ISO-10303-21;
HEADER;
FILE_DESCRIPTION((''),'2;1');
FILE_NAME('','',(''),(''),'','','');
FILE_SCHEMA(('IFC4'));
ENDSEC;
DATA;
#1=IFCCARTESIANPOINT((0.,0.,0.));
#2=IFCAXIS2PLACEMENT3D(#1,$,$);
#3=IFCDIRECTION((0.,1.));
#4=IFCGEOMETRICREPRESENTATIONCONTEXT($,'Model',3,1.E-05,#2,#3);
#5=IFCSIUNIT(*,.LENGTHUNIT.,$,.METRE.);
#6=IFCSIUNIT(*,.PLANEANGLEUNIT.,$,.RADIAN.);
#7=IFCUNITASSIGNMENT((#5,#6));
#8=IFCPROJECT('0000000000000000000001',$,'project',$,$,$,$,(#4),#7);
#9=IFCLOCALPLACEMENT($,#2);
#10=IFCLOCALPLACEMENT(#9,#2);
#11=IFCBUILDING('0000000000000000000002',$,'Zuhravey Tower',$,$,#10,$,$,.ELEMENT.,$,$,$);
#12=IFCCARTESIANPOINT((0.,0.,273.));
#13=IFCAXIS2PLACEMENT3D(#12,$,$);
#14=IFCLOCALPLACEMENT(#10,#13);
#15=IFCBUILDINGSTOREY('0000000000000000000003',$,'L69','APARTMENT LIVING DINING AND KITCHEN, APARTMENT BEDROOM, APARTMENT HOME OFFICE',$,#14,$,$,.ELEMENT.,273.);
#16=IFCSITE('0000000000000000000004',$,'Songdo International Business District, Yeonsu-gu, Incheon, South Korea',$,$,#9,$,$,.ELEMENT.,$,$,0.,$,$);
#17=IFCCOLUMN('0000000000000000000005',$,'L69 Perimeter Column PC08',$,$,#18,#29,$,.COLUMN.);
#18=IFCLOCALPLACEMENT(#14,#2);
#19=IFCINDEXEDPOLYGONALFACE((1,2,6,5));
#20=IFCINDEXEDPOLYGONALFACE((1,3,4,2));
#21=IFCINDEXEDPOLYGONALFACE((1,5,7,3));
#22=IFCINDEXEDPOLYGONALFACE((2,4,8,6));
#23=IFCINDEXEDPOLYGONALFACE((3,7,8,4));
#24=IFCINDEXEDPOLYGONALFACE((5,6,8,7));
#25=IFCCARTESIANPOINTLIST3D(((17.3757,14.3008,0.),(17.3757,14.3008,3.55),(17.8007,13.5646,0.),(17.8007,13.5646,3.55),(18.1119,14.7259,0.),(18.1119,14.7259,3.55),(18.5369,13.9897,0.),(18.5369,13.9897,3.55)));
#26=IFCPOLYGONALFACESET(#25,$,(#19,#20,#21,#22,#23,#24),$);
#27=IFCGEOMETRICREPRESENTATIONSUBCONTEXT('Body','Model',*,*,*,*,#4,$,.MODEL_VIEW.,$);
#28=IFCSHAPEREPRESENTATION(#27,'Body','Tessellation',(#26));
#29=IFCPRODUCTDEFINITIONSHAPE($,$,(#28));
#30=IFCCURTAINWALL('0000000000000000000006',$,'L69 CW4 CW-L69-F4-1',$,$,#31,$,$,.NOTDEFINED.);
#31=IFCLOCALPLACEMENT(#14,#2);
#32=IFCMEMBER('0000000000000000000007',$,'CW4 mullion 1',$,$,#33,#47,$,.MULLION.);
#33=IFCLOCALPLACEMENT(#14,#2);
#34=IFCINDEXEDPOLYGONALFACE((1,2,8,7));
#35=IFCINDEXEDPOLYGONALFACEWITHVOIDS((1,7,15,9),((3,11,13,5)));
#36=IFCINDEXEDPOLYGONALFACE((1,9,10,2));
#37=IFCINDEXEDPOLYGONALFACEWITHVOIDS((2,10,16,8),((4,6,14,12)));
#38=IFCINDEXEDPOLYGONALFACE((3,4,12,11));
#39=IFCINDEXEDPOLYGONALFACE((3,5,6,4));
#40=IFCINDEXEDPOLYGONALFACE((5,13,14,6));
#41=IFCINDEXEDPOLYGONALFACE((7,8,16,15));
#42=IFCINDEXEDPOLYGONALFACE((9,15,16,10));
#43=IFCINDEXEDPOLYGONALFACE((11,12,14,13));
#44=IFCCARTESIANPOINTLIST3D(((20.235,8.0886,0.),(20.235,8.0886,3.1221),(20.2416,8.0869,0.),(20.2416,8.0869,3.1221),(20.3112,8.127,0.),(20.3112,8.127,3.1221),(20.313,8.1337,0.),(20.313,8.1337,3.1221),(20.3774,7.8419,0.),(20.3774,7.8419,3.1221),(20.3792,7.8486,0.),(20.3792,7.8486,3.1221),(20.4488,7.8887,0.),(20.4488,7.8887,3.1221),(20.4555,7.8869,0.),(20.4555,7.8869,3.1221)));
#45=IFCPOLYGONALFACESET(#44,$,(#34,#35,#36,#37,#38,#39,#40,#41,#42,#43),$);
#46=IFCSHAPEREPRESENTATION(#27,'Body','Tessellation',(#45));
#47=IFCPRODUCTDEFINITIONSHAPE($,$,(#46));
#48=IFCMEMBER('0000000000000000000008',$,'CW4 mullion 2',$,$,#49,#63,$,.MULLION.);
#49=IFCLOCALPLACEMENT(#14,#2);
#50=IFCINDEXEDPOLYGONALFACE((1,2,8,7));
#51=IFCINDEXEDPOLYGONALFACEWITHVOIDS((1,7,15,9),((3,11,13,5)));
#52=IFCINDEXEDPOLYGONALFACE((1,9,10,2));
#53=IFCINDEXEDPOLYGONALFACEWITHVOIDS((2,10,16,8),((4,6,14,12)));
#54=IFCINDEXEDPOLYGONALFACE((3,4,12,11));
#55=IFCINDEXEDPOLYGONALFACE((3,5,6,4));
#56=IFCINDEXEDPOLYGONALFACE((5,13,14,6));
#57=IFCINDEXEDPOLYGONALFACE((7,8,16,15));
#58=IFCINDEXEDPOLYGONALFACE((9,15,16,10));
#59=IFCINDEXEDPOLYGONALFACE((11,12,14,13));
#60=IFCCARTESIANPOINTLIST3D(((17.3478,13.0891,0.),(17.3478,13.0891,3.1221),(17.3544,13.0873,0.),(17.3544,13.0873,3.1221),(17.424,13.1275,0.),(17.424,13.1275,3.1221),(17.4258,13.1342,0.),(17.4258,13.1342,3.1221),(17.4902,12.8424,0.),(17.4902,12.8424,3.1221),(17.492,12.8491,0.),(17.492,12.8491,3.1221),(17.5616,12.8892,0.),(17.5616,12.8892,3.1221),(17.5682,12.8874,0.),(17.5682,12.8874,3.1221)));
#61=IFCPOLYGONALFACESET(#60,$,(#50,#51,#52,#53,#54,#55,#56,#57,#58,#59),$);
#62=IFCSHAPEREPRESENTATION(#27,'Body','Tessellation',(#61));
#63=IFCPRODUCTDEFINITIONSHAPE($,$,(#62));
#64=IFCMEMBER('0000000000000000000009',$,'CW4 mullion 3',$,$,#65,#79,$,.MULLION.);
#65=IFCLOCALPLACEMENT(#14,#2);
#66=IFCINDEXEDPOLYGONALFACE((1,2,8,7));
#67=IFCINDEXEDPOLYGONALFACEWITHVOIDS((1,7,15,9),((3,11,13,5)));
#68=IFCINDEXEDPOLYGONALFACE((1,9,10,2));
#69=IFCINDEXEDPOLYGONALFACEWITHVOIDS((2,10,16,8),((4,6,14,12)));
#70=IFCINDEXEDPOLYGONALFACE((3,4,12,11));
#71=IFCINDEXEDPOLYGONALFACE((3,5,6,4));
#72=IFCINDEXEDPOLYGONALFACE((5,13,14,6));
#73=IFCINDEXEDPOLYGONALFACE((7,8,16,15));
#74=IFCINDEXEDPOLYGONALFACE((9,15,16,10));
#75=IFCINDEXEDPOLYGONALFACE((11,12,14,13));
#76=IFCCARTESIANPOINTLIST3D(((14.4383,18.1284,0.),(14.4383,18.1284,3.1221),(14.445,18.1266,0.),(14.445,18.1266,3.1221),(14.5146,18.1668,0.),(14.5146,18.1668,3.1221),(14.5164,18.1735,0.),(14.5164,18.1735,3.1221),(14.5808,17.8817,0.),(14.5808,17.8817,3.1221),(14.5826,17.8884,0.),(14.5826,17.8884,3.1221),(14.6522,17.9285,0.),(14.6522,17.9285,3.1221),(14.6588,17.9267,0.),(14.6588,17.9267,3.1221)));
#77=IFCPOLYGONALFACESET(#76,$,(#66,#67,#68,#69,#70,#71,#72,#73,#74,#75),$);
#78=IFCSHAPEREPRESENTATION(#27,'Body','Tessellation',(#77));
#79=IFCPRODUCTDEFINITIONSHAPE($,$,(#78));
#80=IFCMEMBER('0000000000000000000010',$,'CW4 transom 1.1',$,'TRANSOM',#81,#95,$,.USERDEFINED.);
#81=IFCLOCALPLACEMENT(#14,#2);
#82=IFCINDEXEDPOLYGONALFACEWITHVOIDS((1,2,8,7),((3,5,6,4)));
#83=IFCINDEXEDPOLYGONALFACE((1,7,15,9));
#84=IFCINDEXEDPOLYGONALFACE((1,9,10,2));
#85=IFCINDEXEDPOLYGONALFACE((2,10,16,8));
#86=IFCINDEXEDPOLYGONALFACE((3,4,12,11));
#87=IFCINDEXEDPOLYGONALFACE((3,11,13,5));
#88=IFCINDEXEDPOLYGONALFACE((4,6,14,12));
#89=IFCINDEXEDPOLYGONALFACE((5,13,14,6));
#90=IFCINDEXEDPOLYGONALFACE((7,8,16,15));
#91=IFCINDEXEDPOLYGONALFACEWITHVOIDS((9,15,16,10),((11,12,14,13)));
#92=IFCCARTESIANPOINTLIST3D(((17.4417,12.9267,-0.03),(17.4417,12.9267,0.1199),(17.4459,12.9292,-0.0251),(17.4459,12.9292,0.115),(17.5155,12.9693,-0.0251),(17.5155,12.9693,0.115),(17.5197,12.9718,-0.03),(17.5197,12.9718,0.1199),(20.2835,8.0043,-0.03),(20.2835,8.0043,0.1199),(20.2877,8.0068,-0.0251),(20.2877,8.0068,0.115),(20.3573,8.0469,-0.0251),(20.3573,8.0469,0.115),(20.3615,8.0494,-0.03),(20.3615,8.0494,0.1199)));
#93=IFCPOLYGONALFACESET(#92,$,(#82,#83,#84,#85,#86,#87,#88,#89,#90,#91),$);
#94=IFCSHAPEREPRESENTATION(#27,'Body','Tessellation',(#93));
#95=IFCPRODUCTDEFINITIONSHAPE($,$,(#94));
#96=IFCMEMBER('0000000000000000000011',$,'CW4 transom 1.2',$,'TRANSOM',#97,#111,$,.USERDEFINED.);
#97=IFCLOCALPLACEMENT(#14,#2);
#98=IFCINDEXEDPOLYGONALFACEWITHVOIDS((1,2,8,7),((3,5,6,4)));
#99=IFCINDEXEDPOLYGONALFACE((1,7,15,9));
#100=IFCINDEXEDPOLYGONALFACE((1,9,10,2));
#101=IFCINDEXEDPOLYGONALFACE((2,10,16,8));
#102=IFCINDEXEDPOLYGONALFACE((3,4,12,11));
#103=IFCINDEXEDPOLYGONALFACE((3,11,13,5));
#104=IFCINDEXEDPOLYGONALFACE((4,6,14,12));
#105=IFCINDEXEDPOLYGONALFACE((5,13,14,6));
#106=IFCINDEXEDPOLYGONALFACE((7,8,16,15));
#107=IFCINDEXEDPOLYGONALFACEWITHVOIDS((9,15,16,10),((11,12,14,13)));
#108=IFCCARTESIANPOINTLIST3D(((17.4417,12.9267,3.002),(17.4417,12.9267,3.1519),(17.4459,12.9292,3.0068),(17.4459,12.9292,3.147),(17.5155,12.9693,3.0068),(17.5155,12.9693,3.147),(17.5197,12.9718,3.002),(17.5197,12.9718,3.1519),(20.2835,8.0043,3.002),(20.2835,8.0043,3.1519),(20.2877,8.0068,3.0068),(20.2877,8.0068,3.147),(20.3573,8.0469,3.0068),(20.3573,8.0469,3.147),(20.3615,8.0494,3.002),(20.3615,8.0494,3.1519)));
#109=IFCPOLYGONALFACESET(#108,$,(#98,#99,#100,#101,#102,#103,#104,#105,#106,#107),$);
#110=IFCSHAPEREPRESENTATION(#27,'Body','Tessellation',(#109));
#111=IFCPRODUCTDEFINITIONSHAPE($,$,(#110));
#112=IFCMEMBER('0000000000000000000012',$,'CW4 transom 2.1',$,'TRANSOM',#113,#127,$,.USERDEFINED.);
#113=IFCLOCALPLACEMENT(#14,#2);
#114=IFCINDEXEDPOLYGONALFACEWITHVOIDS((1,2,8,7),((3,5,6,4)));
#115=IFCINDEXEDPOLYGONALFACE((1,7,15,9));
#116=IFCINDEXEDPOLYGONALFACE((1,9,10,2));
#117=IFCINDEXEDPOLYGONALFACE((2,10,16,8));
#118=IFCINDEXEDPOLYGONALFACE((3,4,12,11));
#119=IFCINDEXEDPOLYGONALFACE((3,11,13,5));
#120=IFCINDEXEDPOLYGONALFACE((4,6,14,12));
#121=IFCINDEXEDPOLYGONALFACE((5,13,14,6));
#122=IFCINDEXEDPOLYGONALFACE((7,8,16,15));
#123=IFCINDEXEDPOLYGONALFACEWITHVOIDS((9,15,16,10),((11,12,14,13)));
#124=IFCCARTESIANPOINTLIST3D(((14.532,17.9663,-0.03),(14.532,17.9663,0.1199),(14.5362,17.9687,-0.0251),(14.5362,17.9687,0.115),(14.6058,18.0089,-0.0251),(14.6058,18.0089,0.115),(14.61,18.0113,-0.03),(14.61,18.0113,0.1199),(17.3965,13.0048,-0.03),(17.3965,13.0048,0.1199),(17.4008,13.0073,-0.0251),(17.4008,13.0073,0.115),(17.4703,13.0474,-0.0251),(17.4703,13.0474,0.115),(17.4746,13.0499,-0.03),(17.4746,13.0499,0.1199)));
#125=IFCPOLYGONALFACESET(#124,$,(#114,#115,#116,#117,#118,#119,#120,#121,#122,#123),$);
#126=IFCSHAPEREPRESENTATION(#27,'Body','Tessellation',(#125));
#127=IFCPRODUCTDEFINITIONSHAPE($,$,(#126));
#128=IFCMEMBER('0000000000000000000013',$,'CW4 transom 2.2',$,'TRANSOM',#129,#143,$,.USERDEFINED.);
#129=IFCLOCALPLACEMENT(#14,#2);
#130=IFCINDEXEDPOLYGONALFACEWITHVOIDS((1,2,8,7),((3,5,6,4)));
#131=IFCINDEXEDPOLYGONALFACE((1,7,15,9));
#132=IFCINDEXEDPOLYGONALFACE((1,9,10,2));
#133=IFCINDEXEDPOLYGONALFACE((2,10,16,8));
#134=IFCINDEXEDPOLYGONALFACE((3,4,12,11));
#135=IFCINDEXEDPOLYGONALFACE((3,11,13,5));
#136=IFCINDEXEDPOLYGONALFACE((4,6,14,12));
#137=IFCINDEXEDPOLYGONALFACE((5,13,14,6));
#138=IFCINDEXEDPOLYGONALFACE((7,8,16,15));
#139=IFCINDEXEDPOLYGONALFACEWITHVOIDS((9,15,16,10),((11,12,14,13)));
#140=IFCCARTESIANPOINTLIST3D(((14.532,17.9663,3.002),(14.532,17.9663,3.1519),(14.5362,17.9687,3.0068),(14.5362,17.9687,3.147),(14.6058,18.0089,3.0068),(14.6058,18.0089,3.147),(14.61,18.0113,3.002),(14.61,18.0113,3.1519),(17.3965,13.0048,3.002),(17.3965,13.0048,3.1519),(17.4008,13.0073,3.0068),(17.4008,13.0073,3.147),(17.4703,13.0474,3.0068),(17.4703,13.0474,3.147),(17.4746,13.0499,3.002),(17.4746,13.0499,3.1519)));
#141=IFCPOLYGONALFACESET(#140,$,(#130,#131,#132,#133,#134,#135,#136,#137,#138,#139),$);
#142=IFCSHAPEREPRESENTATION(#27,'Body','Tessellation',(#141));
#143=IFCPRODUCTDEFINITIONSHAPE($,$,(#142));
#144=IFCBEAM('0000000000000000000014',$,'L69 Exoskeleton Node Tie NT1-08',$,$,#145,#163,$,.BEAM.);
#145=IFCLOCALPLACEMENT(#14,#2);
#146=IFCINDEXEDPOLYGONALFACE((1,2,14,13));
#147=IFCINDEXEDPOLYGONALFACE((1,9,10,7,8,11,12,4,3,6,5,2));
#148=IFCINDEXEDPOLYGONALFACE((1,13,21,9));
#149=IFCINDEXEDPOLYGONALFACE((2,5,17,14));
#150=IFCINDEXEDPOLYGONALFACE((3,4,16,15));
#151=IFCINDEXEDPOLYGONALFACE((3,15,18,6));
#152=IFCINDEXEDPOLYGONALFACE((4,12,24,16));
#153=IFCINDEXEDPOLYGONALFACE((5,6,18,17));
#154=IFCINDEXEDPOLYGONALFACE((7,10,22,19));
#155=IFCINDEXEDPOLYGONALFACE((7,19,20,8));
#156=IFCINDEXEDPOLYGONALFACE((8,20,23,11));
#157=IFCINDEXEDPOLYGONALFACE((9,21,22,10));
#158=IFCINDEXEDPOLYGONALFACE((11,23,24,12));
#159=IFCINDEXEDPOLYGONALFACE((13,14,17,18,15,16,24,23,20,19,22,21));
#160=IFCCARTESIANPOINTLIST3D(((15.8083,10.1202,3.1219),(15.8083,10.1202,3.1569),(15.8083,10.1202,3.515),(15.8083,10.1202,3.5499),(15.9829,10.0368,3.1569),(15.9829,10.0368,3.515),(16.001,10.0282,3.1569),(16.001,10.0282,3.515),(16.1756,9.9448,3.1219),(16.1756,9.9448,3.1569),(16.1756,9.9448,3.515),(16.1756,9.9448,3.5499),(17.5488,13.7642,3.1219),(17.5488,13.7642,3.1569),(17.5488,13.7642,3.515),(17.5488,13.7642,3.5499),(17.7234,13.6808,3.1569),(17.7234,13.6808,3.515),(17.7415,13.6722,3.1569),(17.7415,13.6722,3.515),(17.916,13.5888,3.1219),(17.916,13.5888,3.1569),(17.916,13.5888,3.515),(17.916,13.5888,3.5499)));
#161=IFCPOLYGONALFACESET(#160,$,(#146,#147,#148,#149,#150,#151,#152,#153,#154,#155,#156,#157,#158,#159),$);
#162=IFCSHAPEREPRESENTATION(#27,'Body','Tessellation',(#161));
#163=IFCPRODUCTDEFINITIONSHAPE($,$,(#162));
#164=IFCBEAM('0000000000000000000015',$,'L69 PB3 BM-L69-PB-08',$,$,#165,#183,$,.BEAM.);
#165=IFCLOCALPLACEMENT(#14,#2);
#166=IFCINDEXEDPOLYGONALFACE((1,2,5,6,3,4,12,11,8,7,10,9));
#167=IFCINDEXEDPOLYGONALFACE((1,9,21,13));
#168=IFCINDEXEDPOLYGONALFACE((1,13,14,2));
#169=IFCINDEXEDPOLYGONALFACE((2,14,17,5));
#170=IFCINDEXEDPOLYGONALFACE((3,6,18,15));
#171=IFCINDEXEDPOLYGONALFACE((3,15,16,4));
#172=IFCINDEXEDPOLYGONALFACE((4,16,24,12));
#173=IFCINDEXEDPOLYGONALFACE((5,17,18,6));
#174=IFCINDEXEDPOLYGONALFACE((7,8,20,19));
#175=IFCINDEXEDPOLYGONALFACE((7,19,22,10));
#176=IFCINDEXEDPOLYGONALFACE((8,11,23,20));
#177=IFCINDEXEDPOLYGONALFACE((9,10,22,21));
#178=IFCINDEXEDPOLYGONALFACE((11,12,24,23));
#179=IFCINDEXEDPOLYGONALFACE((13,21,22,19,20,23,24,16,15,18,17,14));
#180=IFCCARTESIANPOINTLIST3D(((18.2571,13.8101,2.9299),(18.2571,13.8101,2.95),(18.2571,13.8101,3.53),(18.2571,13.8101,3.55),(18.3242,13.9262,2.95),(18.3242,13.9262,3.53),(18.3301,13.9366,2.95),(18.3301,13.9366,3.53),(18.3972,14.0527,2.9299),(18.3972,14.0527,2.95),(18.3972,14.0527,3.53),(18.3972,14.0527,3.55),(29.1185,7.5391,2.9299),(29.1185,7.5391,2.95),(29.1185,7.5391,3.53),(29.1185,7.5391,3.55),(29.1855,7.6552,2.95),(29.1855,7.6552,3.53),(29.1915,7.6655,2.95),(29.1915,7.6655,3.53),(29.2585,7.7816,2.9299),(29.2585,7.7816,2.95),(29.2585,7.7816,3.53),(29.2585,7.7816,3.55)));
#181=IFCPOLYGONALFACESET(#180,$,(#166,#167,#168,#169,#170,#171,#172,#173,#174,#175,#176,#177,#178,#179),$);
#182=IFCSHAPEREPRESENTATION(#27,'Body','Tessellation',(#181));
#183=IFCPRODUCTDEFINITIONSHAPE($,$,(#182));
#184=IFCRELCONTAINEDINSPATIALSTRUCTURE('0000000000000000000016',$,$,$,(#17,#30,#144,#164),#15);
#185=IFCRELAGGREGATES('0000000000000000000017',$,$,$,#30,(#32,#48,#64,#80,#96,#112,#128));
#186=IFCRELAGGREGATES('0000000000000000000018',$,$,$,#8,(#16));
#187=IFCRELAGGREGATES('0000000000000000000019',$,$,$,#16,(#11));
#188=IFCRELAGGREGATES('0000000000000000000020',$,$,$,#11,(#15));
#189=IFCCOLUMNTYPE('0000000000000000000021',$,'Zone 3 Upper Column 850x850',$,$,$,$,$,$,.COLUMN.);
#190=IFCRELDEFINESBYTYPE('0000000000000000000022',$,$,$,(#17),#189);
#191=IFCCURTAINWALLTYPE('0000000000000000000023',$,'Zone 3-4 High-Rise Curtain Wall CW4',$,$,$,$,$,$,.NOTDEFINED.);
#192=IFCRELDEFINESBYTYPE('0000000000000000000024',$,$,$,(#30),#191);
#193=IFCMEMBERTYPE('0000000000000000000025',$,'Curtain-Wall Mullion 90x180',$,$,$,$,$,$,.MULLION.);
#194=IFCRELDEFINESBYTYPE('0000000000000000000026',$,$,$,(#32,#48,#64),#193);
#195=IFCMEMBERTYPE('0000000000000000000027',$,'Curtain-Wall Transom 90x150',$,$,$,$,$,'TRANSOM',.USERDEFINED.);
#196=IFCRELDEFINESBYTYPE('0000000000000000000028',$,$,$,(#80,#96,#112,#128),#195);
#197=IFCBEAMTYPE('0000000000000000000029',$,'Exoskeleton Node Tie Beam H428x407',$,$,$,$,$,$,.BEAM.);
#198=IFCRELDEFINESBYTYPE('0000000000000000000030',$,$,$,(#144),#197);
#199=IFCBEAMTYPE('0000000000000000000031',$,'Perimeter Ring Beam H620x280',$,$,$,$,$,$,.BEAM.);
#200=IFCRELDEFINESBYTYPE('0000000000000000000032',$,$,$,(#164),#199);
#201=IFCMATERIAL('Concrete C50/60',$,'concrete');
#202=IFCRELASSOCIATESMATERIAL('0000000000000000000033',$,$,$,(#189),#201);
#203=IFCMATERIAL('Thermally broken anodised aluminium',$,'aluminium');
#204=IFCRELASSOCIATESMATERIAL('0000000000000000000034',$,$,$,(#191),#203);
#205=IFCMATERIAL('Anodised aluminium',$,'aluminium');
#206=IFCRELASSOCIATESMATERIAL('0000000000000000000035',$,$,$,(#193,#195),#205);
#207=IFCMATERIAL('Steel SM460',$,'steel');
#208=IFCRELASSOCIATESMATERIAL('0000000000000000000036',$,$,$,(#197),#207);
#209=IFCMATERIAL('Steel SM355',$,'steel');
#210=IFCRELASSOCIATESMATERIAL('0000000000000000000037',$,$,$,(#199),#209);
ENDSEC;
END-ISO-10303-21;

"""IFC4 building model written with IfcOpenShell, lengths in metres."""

from ifc_helpers import new_model, si_unit, direction, frame, origin, origin_2d, place, context, subcontext, project, spatial, rectangle, hollow_rectangle, i_section, extrude, material, material_profile, profile_set, type_object, element, aggregate, save


model = new_model("IFC4")

# Units and contexts
model_context = context("Model", 3, precision=1e-05, world=origin(), true_north=direction((0.0, 1.0)))
body_context = subcontext(model_context, "Body", "Model", "MODEL_VIEW")
ifc_project = project(units=[si_unit("LENGTHUNIT", "METRE"), si_unit("PLANEANGLEUNIT", "RADIAN")], contexts=[model_context])

# Site, building, storey
site_placement = place(None, origin())
site = spatial("IfcSite", under=ifc_project, at=site_placement, Name="Songdo International Business District, Yeonsu-gu, Incheon, South Korea", CompositionType="ELEMENT", RefElevation=0.0)
building_placement = place(site_placement, origin())
building = spatial("IfcBuilding", under=site, at=building_placement, Name="Zuhravey Tower", CompositionType="ELEMENT")
storey_placement = place(building_placement, frame((0.0, 0.0, 273.0)))
storey = spatial("IfcBuildingStorey", under=building, at=storey_placement, Name="L69", Description="APARTMENT LIVING DINING AND KITCHEN, APARTMENT BEDROOM, APARTMENT HOME OFFICE", CompositionType="ELEMENT", Elevation=273.0)

# Column
ifc_material_1 = material(Name="Concrete C50/60", Category="concrete")
ifc_material_profile_1 = material_profile(ifc_material_1, rectangle(XDim=0.8501, YDim=0.8501, at=origin_2d()), Name="RC-850x850")
ifc_profile_set_1 = profile_set([ifc_material_profile_1], Name="Concrete C50/60")
column_type = type_object("IfcColumnType", Name="Zone 3 Upper Column 850x850", PredefinedType="COLUMN", material=ifc_profile_set_1)
column_placement = place(storey_placement, frame((17.9563, 14.1453, 0.0), z_axis=(0.0, 0.0, 1.0), x_axis=(0.5, -0.866025, 0.0)))
element("IfcColumn", 1, at=column_placement, inside=storey, type_object=column_type, Name="L69 Perimeter Column PC08", PredefinedType="COLUMN", context=body_context, shape_type="SweptSolid", body=[
    extrude(rectangle(XDim=0.8501, YDim=0.8501, at=origin_2d()), origin(), (0.0, 0.0, 1.0), 3.55),
])

# Curtain wall, members
ifc_material_2 = material(Name="Thermally broken anodised aluminium", Category="aluminium")
curtain_wall_type = type_object("IfcCurtainWallType", Name="Zone 3-4 High-Rise Curtain Wall CW4", PredefinedType="NOTDEFINED", material=ifc_material_2)
curtain_wall_placement = place(storey_placement, origin())
curtain_wall = element("IfcCurtainWall", 2, at=curtain_wall_placement, inside=storey, type_object=curtain_wall_type, Name="L69 CW4 CW-L69-F4-1", PredefinedType="NOTDEFINED")
ifc_material_3 = material(Name="Anodised aluminium", Category="aluminium")
ifc_material_profile_2 = material_profile(ifc_material_3, hollow_rectangle(XDim=0.0901, YDim=0.2849, WallThickness=0.0049, at=origin_2d()), Name="ALU-RHS-90x285x5")
ifc_profile_set_2 = profile_set([ifc_material_profile_2], Name="Anodised aluminium")
member_type_1 = type_object("IfcMemberType", Name="Curtain-Wall Mullion 90x180", PredefinedType="MULLION", material=ifc_profile_set_2)
member_1_placement = place(storey_placement, frame((20.3452, 7.9878, 0.0), z_axis=(0.0, 0.0, 1.0), x_axis=(-0.866024, -0.500003, 0.0)))
member_1 = element("IfcMember", 3, at=member_1_placement, type_object=member_type_1, Name="CW4 mullion 1", PredefinedType="MULLION", context=body_context, shape_type="SweptSolid", body=[
    extrude(hollow_rectangle(XDim=0.0901, YDim=0.2849, WallThickness=0.0049, at=origin_2d()), origin(), (0.0, 0.0, 1.0), 3.1221),
])
member_2_placement = place(storey_placement, frame((17.458, 12.9883, 0.0), z_axis=(0.0, 0.0, 1.0), x_axis=(-0.866024, -0.500003, 0.0)))
member_2 = element("IfcMember", 4, at=member_2_placement, type_object=member_type_1, Name="CW4 mullion 2", PredefinedType="MULLION", context=body_context, shape_type="SweptSolid", body=[
    extrude(hollow_rectangle(XDim=0.0901, YDim=0.2849, WallThickness=0.0049, at=origin_2d()), origin(), (0.0, 0.0, 1.0), 3.1221),
])
member_3_placement = place(storey_placement, frame((14.5486, 18.0276, 0.0), z_axis=(0.0, 0.0, 1.0), x_axis=(-0.866024, -0.500003, 0.0)))
member_3 = element("IfcMember", 5, at=member_3_placement, type_object=member_type_1, Name="CW4 mullion 3", PredefinedType="MULLION", context=body_context, shape_type="SweptSolid", body=[
    extrude(hollow_rectangle(XDim=0.0901, YDim=0.2849, WallThickness=0.0049, at=origin_2d()), origin(), (0.0, 0.0, 1.0), 3.1221),
])
ifc_material_profile_3 = material_profile(ifc_material_3, hollow_rectangle(XDim=0.0901, YDim=0.1499, WallThickness=0.0049, at=origin_2d()), Name="ALU-RHS-90x150x5")
ifc_profile_set_3 = profile_set([ifc_material_profile_3], Name="Anodised aluminium")
member_type_2 = type_object("IfcMemberType", Name="Curtain-Wall Transom 90x150", ElementType="TRANSOM", PredefinedType="USERDEFINED", material=ifc_profile_set_3)
member_4_placement = place(storey_placement, frame((20.3225, 8.0269, 0.0449), z_axis=(-0.499983, 0.866035, 0.0), x_axis=(-0.866035, -0.499983, 0.0)))
member_4 = element("IfcMember", 6, at=member_4_placement, type_object=member_type_2, Name="CW4 transom 1.1", ObjectType="TRANSOM", PredefinedType="USERDEFINED", context=body_context, shape_type="SweptSolid", body=[
    extrude(hollow_rectangle(XDim=0.0901, YDim=0.1499, WallThickness=0.0049, at=origin_2d()), origin(), (0.0, 0.0, 1.0), 5.6838),
])
member_5_placement = place(storey_placement, frame((20.3225, 8.0269, 3.0769), z_axis=(-0.499983, 0.866035, 0.0), x_axis=(-0.866035, -0.499983, 0.0)))
member_5 = element("IfcMember", 7, at=member_5_placement, type_object=member_type_2, Name="CW4 transom 1.2", ObjectType="TRANSOM", PredefinedType="USERDEFINED", context=body_context, shape_type="SweptSolid", body=[
    extrude(hollow_rectangle(XDim=0.0901, YDim=0.1499, WallThickness=0.0049, at=origin_2d()), origin(), (0.0, 0.0, 1.0), 5.6838),
])
member_6_placement = place(storey_placement, frame((17.4355, 13.0273, 0.0449), z_axis=(-0.500003, 0.866024, 0.0), x_axis=(-0.866024, -0.500003, 0.0)))
member_6 = element("IfcMember", 8, at=member_6_placement, type_object=member_type_2, Name="CW4 transom 2.1", ObjectType="TRANSOM", PredefinedType="USERDEFINED", context=body_context, shape_type="SweptSolid", body=[
    extrude(hollow_rectangle(XDim=0.0901, YDim=0.1499, WallThickness=0.0049, at=origin_2d()), origin(), (0.0, 0.0, 1.0), 5.729),
])
member_7_placement = place(storey_placement, frame((17.4355, 13.0273, 3.0769), z_axis=(-0.500003, 0.866024, 0.0), x_axis=(-0.866024, -0.500003, 0.0)))
member_7 = element("IfcMember", 9, at=member_7_placement, type_object=member_type_2, Name="CW4 transom 2.2", ObjectType="TRANSOM", PredefinedType="USERDEFINED", context=body_context, shape_type="SweptSolid", body=[
    extrude(hollow_rectangle(XDim=0.0901, YDim=0.1499, WallThickness=0.0049, at=origin_2d()), origin(), (0.0, 0.0, 1.0), 5.729),
])

# Beams
ifc_material_4 = material(Name="Steel SM460", Category="steel")
ifc_material_profile_4 = material_profile(ifc_material_4, i_section(OverallWidth=0.407, OverallDepth=0.428, WebThickness=0.02, FlangeThickness=0.0349, at=origin_2d()), Name="H-428x407x20x35")
ifc_profile_set_4 = profile_set([ifc_material_profile_4], Name="Steel SM460")
beam_type_1 = type_object("IfcBeamType", Name="Exoskeleton Node Tie Beam H428x407", PredefinedType="BEAM", material=ifc_profile_set_4)
beam_1_placement = place(storey_placement, frame((17.7324, 13.6765, 3.3359), z_axis=(-0.430987, -0.902358, 0.0), x_axis=(0.902358, -0.430987, 0.0)))
element("IfcBeam", 10, at=beam_1_placement, inside=storey, type_object=beam_type_1, Name="L69 Exoskeleton Node Tie NT1-08", PredefinedType="BEAM", context=body_context, shape_type="SweptSolid", body=[
    extrude(i_section(OverallWidth=0.407, OverallDepth=0.428, WebThickness=0.02, FlangeThickness=0.0349, at=origin_2d()), origin(), (0.0, 0.0, 1.0), 4.0383),
])
ifc_material_5 = material(Name="Steel SM355", Category="steel")
ifc_material_profile_5 = material_profile(ifc_material_5, i_section(OverallWidth=0.28, OverallDepth=0.6201, WebThickness=0.012, FlangeThickness=0.02, at=origin_2d()), Name="H-620x280x12x20")
ifc_profile_set_5 = profile_set([ifc_material_profile_5], Name="Steel SM355")
beam_type_2 = type_object("IfcBeamType", Name="Perimeter Ring Beam H620x280", PredefinedType="BEAM", material=ifc_profile_set_5)
beam_2_placement = place(storey_placement, frame((18.3271, 13.9314, 3.24), z_axis=(0.866018, -0.500012, 0.0), x_axis=(0.500012, 0.866018, 0.0)))
element("IfcBeam", 11, at=beam_2_placement, inside=storey, type_object=beam_type_2, Name="L69 PB3 BM-L69-PB-08", PredefinedType="BEAM", context=body_context, shape_type="SweptSolid", body=[
    extrude(i_section(OverallWidth=0.28, OverallDepth=0.6201, WebThickness=0.012, FlangeThickness=0.02, at=origin_2d()), origin(), (0.0, 0.0, 1.0), 12.5417),
])

aggregate(curtain_wall, [member_1, member_2, member_3, member_4, member_5, member_6, member_7])

save(model, "model.ifc")
